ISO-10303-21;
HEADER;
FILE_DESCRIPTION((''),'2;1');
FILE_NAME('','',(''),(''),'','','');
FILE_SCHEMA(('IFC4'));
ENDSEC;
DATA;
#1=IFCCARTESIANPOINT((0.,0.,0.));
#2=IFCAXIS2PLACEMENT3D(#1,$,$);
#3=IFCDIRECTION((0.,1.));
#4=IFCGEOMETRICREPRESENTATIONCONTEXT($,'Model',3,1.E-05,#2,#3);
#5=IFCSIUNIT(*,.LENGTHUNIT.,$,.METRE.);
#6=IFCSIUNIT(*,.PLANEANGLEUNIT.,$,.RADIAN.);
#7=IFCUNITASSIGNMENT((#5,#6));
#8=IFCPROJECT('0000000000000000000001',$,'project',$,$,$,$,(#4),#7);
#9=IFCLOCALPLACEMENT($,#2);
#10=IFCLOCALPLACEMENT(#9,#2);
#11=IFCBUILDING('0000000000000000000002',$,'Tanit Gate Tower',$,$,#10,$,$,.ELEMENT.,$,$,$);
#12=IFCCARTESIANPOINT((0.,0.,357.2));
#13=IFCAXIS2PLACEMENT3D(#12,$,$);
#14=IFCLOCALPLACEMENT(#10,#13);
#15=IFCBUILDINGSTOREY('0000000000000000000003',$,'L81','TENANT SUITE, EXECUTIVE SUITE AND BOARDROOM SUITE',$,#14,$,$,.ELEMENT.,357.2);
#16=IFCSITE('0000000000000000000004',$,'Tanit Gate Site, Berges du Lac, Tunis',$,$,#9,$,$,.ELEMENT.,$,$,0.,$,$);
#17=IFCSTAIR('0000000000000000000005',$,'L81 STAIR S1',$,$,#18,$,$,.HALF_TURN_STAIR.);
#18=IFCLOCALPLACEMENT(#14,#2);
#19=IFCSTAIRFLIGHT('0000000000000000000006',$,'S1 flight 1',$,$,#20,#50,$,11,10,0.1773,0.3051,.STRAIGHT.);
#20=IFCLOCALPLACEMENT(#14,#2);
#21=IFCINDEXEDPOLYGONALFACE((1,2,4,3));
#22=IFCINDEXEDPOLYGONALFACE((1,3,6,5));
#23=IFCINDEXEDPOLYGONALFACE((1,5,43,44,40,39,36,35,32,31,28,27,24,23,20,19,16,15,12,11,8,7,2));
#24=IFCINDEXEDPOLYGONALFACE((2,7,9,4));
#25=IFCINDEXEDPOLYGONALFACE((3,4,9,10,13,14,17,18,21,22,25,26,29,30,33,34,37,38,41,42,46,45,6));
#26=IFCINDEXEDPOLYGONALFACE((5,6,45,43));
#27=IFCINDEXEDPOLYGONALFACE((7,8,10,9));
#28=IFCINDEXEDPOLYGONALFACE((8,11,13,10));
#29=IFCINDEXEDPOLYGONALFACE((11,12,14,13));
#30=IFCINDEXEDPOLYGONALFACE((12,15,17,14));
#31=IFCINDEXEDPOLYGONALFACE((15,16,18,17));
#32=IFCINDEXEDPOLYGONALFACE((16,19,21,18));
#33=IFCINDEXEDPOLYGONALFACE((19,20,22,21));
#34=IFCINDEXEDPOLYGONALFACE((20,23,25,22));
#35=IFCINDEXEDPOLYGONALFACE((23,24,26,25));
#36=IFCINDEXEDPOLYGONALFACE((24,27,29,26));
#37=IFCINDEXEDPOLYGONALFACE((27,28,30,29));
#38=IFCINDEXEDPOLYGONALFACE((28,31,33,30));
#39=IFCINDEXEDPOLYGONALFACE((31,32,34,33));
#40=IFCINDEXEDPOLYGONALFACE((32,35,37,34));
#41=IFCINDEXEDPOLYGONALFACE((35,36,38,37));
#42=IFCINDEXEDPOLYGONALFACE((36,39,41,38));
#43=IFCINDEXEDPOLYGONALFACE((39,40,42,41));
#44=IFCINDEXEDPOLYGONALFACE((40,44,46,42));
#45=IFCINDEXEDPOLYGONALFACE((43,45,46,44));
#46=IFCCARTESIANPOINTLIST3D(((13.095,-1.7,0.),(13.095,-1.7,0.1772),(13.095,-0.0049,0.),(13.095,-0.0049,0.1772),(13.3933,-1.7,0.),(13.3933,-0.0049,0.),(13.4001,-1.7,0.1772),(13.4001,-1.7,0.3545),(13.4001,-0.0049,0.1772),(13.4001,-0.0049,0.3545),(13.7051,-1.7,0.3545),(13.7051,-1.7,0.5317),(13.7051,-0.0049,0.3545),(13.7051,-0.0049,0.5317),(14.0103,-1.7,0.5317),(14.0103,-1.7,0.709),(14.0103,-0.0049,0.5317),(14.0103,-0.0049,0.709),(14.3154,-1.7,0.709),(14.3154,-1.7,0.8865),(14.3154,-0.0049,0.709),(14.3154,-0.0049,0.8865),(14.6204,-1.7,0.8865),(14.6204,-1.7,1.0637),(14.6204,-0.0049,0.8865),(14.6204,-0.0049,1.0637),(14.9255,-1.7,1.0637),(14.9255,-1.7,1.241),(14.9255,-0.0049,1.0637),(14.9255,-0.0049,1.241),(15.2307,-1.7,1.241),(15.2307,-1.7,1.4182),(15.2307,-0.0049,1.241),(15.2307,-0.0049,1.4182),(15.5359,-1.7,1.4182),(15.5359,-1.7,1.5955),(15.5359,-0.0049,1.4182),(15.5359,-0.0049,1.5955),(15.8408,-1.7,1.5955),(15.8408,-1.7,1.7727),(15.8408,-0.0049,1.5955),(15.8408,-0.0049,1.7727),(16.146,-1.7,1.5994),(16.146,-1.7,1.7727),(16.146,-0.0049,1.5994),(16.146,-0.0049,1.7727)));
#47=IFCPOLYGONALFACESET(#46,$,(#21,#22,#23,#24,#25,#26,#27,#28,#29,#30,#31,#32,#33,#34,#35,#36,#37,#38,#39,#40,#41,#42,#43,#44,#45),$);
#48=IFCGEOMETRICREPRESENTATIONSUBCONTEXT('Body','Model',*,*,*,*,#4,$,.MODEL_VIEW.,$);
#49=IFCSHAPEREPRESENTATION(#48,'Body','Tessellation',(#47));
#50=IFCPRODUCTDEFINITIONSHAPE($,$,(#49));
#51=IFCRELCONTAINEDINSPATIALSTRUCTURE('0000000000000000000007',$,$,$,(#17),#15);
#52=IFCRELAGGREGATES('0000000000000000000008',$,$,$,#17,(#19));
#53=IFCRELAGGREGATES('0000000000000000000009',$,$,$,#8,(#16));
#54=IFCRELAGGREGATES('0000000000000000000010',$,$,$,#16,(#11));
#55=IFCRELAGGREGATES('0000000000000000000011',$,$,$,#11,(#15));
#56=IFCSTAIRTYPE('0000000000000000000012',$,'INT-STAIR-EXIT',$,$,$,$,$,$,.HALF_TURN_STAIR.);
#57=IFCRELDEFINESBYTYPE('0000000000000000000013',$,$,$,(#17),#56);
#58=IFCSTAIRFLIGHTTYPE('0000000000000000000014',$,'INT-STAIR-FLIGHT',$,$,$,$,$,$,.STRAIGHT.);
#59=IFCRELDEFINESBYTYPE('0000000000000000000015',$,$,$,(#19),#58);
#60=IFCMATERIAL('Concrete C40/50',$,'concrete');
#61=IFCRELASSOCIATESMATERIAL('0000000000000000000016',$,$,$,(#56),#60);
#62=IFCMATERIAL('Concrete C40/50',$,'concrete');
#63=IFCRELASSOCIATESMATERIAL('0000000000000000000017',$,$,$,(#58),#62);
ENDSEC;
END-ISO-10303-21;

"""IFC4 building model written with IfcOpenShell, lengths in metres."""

from ifc_helpers import new_model, si_unit, direction, frame, origin, place, context, subcontext, project, spatial, polyline, outline, extrude, material, type_object, element, aggregate, save


model = new_model("IFC4")

# Units and contexts
model_context = context("Model", 3, precision=1e-05, world=origin(), true_north=direction((0.0, 1.0)))
body_context = subcontext(model_context, "Body", "Model", "MODEL_VIEW")
ifc_project = project(units=[si_unit("LENGTHUNIT", "METRE"), si_unit("PLANEANGLEUNIT", "RADIAN")], contexts=[model_context])

# Site, building, storey
site_placement = place(None, origin())
site = spatial("IfcSite", under=ifc_project, at=site_placement, Name="Tanit Gate Site, Berges du Lac, Tunis", CompositionType="ELEMENT", RefElevation=0.0)
building_placement = place(site_placement, origin())
building = spatial("IfcBuilding", under=site, at=building_placement, Name="Tanit Gate Tower", CompositionType="ELEMENT")
storey_placement = place(building_placement, frame((0.0, 0.0, 357.2)))
storey = spatial("IfcBuildingStorey", under=building, at=storey_placement, Name="L81", Description="TENANT SUITE, EXECUTIVE SUITE AND BOARDROOM SUITE", CompositionType="ELEMENT", Elevation=357.2)

# Stair, stair flight
ifc_material_1 = material(Name="Concrete C40/50", Category="concrete")
stair_type = type_object("IfcStairType", Name="INT-STAIR-EXIT", PredefinedType="HALF_TURN_STAIR", material=ifc_material_1)
stair_placement = place(storey_placement, origin())
stair = element("IfcStair", 1, at=stair_placement, inside=storey, type_object=stair_type, Name="L81 STAIR S1", PredefinedType="HALF_TURN_STAIR")
ifc_material_2 = material(Name="Concrete C40/50", Category="concrete")
stair_flight_type = type_object("IfcStairFlightType", Name="INT-STAIR-FLIGHT", PredefinedType="STRAIGHT", material=ifc_material_2)
stair_flight_placement = place(storey_placement, frame((13.095, -0.8525, 0.0), z_axis=(0.0, 0.0, 1.0), x_axis=(1.0, 0.0, 0.0)))
stair_flight = element("IfcStairFlight", 2, at=stair_flight_placement, type_object=stair_flight_type, Name="S1 flight 1", NumberOfRisers=11, NumberOfTreads=10, PredefinedType="STRAIGHT", RiserHeight=0.1773, TreadLength=0.3051, context=body_context, shape_type="SweptSolid", body=[
    extrude(outline(polyline([(0.0, 0.0), (0.0, 0.1772), (0.3052, 0.1772), (0.3052, 0.3545), (0.6101, 0.3545), (0.6101, 0.5317), (0.9153, 0.5317), (0.9153, 0.709), (1.2205, 0.709), (1.2205, 0.8865), (1.5254, 0.8865), (1.5254, 1.0637), (1.8306, 1.0637), (1.8306, 1.241), (2.1357, 1.241), (2.1357, 1.4182), (2.4409, 1.4182), (2.4409, 1.5955), (2.7458, 1.5955), (2.7458, 1.7727), (3.051, 1.7727), (3.051, 1.95), (3.051, 1.5994), (0.2983, 0.0), (0.0, 0.0)])), frame((0.0, 0.8477, 0.0), z_axis=(0.0, -1.0, 0.0), x_axis=(1.0, 0.0, 0.0)), (0.0, 0.0, 1.0), 1.6951),
])
aggregate(stair, [stair_flight])

save(model, "model.ifc")
